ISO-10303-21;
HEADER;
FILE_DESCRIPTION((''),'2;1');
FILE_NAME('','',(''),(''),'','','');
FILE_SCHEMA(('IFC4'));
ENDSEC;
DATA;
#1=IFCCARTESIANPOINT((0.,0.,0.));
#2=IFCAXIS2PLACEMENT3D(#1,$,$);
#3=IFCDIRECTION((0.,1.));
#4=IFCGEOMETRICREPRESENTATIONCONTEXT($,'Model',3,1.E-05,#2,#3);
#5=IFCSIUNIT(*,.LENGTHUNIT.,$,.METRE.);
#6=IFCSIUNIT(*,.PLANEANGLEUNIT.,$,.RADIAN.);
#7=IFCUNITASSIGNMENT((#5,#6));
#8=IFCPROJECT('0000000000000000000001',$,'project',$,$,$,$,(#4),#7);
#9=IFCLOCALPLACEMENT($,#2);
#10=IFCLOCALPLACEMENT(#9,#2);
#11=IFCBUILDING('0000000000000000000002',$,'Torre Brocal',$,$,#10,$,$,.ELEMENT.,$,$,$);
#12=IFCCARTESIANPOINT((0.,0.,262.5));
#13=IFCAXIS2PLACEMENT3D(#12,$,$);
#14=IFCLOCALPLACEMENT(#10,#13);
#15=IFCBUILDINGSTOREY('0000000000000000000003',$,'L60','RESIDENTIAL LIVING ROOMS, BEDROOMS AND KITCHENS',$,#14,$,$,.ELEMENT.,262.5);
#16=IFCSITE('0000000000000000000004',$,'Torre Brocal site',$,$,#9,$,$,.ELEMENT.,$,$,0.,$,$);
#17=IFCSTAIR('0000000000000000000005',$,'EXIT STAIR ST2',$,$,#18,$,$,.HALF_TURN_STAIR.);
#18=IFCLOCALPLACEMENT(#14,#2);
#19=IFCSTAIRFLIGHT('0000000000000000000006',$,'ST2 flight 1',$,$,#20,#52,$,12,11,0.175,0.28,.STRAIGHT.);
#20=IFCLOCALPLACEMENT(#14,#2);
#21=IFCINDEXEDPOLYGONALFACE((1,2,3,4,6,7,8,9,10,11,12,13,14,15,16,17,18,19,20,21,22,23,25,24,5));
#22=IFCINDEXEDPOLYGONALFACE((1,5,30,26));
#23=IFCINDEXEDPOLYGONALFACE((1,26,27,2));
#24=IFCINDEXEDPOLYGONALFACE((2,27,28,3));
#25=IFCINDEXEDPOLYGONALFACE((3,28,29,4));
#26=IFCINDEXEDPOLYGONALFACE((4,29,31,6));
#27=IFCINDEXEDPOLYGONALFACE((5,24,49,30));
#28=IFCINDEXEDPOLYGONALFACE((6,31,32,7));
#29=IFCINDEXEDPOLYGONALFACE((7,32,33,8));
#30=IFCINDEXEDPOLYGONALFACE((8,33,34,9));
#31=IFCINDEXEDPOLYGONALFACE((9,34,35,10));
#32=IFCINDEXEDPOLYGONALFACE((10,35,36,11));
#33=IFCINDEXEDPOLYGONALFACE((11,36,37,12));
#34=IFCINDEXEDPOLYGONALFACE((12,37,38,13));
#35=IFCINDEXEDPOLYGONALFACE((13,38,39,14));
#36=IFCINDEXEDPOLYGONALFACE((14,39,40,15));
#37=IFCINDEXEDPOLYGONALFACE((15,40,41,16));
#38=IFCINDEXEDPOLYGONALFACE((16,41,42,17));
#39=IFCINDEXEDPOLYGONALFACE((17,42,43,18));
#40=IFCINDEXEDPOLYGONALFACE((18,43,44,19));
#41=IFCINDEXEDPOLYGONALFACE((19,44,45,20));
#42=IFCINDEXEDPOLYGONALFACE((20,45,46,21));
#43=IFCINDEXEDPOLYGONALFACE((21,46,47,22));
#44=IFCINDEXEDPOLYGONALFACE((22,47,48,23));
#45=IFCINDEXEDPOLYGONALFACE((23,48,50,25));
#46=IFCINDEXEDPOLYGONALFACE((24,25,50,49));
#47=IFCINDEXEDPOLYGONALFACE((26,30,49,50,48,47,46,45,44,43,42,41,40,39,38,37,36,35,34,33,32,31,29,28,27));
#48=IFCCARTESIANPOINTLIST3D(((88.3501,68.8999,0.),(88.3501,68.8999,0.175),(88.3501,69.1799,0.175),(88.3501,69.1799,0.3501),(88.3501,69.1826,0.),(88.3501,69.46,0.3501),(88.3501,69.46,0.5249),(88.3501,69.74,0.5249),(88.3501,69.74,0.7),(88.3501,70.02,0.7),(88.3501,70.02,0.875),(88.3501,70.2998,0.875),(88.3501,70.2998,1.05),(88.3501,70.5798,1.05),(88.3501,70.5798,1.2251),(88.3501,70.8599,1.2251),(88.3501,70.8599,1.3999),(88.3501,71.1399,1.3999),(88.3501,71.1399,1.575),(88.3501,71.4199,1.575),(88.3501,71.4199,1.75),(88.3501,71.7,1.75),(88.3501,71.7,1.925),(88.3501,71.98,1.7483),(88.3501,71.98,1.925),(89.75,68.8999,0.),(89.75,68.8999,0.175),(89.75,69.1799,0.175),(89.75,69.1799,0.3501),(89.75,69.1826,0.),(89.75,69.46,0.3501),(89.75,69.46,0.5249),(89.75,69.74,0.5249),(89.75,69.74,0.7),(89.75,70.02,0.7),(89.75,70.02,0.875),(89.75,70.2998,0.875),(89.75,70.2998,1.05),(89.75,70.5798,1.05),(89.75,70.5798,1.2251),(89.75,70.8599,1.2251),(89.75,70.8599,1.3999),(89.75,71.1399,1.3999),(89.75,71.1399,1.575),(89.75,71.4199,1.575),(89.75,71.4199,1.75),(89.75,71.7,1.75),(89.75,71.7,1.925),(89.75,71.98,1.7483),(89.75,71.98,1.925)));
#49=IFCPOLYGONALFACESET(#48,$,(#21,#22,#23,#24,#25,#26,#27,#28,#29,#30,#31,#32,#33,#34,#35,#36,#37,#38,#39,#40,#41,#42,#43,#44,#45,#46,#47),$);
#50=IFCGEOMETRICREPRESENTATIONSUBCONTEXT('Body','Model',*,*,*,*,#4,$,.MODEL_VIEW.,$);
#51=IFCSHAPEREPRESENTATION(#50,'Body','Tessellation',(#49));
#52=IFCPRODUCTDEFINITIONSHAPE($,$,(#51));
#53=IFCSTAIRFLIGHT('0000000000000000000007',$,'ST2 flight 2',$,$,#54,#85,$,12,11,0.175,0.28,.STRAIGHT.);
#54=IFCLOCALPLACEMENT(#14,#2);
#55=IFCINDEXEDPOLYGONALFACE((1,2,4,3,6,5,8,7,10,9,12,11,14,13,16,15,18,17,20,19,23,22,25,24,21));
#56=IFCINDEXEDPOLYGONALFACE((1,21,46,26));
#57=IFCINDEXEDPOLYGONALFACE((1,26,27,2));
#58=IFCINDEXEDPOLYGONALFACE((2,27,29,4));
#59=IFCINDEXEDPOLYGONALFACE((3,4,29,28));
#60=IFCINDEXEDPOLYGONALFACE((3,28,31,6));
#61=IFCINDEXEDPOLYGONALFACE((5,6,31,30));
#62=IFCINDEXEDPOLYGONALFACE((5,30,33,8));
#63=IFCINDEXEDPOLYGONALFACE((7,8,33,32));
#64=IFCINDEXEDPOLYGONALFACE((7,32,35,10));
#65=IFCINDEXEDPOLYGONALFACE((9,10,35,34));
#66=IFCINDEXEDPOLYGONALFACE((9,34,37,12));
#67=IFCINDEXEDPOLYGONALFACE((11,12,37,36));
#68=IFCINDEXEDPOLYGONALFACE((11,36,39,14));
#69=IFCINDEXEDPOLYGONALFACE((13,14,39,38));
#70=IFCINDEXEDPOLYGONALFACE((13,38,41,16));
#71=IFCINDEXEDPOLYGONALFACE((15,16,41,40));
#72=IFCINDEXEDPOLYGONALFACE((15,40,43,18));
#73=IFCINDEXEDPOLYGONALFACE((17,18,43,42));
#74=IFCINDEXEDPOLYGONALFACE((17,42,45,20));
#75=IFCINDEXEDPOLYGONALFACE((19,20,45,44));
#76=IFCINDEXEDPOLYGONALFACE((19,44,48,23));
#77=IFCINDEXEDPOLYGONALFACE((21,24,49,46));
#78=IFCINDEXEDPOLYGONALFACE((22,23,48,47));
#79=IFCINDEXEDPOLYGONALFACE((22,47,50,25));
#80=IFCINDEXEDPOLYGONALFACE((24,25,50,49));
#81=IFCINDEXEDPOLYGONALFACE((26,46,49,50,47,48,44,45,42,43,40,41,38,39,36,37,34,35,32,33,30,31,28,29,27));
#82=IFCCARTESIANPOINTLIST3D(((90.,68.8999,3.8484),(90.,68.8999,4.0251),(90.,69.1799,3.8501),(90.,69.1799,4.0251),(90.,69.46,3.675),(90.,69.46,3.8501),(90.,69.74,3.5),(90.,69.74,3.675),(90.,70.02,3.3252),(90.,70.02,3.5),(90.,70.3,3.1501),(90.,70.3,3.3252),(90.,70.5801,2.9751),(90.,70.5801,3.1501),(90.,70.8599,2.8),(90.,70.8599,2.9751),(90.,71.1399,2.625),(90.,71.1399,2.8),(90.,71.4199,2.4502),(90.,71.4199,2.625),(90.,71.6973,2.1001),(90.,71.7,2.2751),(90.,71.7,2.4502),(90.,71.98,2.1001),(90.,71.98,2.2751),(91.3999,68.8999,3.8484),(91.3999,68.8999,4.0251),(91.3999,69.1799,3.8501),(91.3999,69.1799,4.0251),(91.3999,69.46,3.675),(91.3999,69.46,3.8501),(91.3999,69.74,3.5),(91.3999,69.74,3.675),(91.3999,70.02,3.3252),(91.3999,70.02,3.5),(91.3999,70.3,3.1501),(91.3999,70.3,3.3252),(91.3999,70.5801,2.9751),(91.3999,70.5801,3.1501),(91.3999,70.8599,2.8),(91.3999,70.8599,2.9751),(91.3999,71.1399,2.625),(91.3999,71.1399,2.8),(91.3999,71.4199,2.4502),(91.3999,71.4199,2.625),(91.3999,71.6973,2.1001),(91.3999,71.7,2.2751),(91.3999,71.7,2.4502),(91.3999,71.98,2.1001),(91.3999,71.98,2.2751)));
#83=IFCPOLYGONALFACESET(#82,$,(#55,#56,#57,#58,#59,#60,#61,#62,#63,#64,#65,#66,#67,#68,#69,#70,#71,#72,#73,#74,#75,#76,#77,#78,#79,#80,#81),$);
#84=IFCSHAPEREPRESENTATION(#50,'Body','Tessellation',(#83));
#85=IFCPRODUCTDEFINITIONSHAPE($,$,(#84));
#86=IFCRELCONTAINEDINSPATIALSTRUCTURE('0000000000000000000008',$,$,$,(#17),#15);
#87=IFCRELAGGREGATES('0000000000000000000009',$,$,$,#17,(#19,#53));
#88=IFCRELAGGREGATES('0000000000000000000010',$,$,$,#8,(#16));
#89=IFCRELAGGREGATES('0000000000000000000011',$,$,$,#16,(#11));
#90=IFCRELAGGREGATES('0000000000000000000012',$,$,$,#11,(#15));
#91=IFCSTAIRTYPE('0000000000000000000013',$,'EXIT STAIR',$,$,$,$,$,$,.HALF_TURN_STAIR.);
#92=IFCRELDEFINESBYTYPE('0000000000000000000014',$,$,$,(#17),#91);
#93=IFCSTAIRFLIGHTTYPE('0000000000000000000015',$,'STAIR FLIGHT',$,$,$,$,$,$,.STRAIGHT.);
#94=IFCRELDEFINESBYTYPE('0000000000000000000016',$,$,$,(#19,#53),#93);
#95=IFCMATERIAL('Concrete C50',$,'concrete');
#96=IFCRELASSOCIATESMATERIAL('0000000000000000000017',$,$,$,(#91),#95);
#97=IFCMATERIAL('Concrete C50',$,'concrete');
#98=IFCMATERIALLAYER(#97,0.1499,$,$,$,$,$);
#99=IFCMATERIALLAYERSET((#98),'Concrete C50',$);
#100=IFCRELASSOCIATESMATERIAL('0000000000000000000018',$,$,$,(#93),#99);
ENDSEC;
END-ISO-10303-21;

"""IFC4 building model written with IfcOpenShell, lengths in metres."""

from ifc_helpers import new_model, si_unit, direction, frame, origin, place, context, subcontext, project, spatial, polyline, outline, extrude, material, layer, layer_set, type_object, element, aggregate, save


model = new_model("IFC4")

# Units and contexts
model_context = context("Model", 3, precision=1e-05, world=origin(), true_north=direction((0.0, 1.0)))
body_context = subcontext(model_context, "Body", "Model", "MODEL_VIEW")
ifc_project = project(units=[si_unit("LENGTHUNIT", "METRE"), si_unit("PLANEANGLEUNIT", "RADIAN")], contexts=[model_context])

# Site, building, storey
site_placement = place(None, origin())
site = spatial("IfcSite", under=ifc_project, at=site_placement, Name="Torre Brocal site", CompositionType="ELEMENT", RefElevation=0.0)
building_placement = place(site_placement, origin())
building = spatial("IfcBuilding", under=site, at=building_placement, Name="Torre Brocal", CompositionType="ELEMENT")
storey_placement = place(building_placement, frame((0.0, 0.0, 262.5)))
storey = spatial("IfcBuildingStorey", under=building, at=storey_placement, Name="L60", Description="RESIDENTIAL LIVING ROOMS, BEDROOMS AND KITCHENS", CompositionType="ELEMENT", Elevation=262.5)

# Stair, stair flights
ifc_material_1 = material(Name="Concrete C50", Category="concrete")
stair_type = type_object("IfcStairType", Name="EXIT STAIR", PredefinedType="HALF_TURN_STAIR", material=ifc_material_1)
stair_placement = place(storey_placement, origin())
stair = element("IfcStair", 1, at=stair_placement, inside=storey, type_object=stair_type, Name="EXIT STAIR ST2", PredefinedType="HALF_TURN_STAIR")
ifc_material_2 = material(Name="Concrete C50", Category="concrete")
ifc_layer_1 = layer(ifc_material_2, 0.1499)
ifc_layer_set_1 = layer_set([ifc_layer_1], Name="Concrete C50")
stair_flight_type = type_object("IfcStairFlightType", Name="STAIR FLIGHT", PredefinedType="STRAIGHT", material=ifc_layer_set_1)
stair_flight_1_placement = place(storey_placement, frame((89.05, 68.8999, 0.0), z_axis=(0.0, 0.0, 1.0), x_axis=(0.0, 1.0, 0.0)))
stair_flight_1 = element("IfcStairFlight", 2, at=stair_flight_1_placement, type_object=stair_flight_type, Name="ST2 flight 1", NumberOfRisers=12, NumberOfTreads=11, PredefinedType="STRAIGHT", RiserHeight=0.175, TreadLength=0.28, context=body_context, shape_type="SweptSolid", body=[
    extrude(outline(polyline([(0.0, 0.0), (0.0, 0.175), (0.28, 0.175), (0.28, 0.3501), (0.5601, 0.3501), (0.5601, 0.5249), (0.8401, 0.5249), (0.8401, 0.7), (1.1201, 0.7), (1.1201, 0.875), (1.3999, 0.875), (1.3999, 1.05), (1.6799, 1.05), (1.6799, 1.2251), (1.96, 1.2251), (1.96, 1.3999), (2.24, 1.3999), (2.24, 1.575), (2.52, 1.575), (2.52, 1.75), (2.8, 1.75), (2.8, 1.925), (3.0801, 1.925), (3.0801, 2.1001), (3.0801, 1.7483), (0.2827, 0.0), (0.0, 0.0)])), frame((0.0, 0.7, 0.0), z_axis=(0.0, -1.0, 0.0), x_axis=(1.0, 0.0, 0.0)), (0.0, 0.0, 1.0), 1.3999),
])
stair_flight_2_placement = place(storey_placement, frame((90.7, 71.98, 2.1001), z_axis=(0.0, 0.0, 1.0), x_axis=(0.0, -1.0, 0.0)))
stair_flight_2 = element("IfcStairFlight", 3, at=stair_flight_2_placement, type_object=stair_flight_type, Name="ST2 flight 2", NumberOfRisers=12, NumberOfTreads=11, PredefinedType="STRAIGHT", RiserHeight=0.175, TreadLength=0.28, context=body_context, shape_type="SweptSolid", body=[
    extrude(outline(polyline([(0.0, 0.0), (0.0, 0.175), (0.28, 0.175), (0.28, 0.3501), (0.5601, 0.3501), (0.5601, 0.5249), (0.8401, 0.5249), (0.8401, 0.7), (1.1201, 0.7), (1.1201, 0.875), (1.3999, 0.875), (1.3999, 1.05), (1.6799, 1.05), (1.6799, 1.2251), (1.96, 1.2251), (1.96, 1.3999), (2.24, 1.3999), (2.24, 1.575), (2.52, 1.575), (2.52, 1.75), (2.8, 1.75), (2.8, 1.925), (3.0801, 1.925), (3.0801, 2.1001), (3.0801, 1.7483), (0.2827, 0.0), (0.0, 0.0)])), frame((0.0, 0.7, 0.0), z_axis=(0.0, -1.0, 0.0), x_axis=(1.0, 0.0, 0.0)), (0.0, 0.0, 1.0), 1.3999),
])
aggregate(stair, [stair_flight_1, stair_flight_2])

save(model, "model.ifc")
